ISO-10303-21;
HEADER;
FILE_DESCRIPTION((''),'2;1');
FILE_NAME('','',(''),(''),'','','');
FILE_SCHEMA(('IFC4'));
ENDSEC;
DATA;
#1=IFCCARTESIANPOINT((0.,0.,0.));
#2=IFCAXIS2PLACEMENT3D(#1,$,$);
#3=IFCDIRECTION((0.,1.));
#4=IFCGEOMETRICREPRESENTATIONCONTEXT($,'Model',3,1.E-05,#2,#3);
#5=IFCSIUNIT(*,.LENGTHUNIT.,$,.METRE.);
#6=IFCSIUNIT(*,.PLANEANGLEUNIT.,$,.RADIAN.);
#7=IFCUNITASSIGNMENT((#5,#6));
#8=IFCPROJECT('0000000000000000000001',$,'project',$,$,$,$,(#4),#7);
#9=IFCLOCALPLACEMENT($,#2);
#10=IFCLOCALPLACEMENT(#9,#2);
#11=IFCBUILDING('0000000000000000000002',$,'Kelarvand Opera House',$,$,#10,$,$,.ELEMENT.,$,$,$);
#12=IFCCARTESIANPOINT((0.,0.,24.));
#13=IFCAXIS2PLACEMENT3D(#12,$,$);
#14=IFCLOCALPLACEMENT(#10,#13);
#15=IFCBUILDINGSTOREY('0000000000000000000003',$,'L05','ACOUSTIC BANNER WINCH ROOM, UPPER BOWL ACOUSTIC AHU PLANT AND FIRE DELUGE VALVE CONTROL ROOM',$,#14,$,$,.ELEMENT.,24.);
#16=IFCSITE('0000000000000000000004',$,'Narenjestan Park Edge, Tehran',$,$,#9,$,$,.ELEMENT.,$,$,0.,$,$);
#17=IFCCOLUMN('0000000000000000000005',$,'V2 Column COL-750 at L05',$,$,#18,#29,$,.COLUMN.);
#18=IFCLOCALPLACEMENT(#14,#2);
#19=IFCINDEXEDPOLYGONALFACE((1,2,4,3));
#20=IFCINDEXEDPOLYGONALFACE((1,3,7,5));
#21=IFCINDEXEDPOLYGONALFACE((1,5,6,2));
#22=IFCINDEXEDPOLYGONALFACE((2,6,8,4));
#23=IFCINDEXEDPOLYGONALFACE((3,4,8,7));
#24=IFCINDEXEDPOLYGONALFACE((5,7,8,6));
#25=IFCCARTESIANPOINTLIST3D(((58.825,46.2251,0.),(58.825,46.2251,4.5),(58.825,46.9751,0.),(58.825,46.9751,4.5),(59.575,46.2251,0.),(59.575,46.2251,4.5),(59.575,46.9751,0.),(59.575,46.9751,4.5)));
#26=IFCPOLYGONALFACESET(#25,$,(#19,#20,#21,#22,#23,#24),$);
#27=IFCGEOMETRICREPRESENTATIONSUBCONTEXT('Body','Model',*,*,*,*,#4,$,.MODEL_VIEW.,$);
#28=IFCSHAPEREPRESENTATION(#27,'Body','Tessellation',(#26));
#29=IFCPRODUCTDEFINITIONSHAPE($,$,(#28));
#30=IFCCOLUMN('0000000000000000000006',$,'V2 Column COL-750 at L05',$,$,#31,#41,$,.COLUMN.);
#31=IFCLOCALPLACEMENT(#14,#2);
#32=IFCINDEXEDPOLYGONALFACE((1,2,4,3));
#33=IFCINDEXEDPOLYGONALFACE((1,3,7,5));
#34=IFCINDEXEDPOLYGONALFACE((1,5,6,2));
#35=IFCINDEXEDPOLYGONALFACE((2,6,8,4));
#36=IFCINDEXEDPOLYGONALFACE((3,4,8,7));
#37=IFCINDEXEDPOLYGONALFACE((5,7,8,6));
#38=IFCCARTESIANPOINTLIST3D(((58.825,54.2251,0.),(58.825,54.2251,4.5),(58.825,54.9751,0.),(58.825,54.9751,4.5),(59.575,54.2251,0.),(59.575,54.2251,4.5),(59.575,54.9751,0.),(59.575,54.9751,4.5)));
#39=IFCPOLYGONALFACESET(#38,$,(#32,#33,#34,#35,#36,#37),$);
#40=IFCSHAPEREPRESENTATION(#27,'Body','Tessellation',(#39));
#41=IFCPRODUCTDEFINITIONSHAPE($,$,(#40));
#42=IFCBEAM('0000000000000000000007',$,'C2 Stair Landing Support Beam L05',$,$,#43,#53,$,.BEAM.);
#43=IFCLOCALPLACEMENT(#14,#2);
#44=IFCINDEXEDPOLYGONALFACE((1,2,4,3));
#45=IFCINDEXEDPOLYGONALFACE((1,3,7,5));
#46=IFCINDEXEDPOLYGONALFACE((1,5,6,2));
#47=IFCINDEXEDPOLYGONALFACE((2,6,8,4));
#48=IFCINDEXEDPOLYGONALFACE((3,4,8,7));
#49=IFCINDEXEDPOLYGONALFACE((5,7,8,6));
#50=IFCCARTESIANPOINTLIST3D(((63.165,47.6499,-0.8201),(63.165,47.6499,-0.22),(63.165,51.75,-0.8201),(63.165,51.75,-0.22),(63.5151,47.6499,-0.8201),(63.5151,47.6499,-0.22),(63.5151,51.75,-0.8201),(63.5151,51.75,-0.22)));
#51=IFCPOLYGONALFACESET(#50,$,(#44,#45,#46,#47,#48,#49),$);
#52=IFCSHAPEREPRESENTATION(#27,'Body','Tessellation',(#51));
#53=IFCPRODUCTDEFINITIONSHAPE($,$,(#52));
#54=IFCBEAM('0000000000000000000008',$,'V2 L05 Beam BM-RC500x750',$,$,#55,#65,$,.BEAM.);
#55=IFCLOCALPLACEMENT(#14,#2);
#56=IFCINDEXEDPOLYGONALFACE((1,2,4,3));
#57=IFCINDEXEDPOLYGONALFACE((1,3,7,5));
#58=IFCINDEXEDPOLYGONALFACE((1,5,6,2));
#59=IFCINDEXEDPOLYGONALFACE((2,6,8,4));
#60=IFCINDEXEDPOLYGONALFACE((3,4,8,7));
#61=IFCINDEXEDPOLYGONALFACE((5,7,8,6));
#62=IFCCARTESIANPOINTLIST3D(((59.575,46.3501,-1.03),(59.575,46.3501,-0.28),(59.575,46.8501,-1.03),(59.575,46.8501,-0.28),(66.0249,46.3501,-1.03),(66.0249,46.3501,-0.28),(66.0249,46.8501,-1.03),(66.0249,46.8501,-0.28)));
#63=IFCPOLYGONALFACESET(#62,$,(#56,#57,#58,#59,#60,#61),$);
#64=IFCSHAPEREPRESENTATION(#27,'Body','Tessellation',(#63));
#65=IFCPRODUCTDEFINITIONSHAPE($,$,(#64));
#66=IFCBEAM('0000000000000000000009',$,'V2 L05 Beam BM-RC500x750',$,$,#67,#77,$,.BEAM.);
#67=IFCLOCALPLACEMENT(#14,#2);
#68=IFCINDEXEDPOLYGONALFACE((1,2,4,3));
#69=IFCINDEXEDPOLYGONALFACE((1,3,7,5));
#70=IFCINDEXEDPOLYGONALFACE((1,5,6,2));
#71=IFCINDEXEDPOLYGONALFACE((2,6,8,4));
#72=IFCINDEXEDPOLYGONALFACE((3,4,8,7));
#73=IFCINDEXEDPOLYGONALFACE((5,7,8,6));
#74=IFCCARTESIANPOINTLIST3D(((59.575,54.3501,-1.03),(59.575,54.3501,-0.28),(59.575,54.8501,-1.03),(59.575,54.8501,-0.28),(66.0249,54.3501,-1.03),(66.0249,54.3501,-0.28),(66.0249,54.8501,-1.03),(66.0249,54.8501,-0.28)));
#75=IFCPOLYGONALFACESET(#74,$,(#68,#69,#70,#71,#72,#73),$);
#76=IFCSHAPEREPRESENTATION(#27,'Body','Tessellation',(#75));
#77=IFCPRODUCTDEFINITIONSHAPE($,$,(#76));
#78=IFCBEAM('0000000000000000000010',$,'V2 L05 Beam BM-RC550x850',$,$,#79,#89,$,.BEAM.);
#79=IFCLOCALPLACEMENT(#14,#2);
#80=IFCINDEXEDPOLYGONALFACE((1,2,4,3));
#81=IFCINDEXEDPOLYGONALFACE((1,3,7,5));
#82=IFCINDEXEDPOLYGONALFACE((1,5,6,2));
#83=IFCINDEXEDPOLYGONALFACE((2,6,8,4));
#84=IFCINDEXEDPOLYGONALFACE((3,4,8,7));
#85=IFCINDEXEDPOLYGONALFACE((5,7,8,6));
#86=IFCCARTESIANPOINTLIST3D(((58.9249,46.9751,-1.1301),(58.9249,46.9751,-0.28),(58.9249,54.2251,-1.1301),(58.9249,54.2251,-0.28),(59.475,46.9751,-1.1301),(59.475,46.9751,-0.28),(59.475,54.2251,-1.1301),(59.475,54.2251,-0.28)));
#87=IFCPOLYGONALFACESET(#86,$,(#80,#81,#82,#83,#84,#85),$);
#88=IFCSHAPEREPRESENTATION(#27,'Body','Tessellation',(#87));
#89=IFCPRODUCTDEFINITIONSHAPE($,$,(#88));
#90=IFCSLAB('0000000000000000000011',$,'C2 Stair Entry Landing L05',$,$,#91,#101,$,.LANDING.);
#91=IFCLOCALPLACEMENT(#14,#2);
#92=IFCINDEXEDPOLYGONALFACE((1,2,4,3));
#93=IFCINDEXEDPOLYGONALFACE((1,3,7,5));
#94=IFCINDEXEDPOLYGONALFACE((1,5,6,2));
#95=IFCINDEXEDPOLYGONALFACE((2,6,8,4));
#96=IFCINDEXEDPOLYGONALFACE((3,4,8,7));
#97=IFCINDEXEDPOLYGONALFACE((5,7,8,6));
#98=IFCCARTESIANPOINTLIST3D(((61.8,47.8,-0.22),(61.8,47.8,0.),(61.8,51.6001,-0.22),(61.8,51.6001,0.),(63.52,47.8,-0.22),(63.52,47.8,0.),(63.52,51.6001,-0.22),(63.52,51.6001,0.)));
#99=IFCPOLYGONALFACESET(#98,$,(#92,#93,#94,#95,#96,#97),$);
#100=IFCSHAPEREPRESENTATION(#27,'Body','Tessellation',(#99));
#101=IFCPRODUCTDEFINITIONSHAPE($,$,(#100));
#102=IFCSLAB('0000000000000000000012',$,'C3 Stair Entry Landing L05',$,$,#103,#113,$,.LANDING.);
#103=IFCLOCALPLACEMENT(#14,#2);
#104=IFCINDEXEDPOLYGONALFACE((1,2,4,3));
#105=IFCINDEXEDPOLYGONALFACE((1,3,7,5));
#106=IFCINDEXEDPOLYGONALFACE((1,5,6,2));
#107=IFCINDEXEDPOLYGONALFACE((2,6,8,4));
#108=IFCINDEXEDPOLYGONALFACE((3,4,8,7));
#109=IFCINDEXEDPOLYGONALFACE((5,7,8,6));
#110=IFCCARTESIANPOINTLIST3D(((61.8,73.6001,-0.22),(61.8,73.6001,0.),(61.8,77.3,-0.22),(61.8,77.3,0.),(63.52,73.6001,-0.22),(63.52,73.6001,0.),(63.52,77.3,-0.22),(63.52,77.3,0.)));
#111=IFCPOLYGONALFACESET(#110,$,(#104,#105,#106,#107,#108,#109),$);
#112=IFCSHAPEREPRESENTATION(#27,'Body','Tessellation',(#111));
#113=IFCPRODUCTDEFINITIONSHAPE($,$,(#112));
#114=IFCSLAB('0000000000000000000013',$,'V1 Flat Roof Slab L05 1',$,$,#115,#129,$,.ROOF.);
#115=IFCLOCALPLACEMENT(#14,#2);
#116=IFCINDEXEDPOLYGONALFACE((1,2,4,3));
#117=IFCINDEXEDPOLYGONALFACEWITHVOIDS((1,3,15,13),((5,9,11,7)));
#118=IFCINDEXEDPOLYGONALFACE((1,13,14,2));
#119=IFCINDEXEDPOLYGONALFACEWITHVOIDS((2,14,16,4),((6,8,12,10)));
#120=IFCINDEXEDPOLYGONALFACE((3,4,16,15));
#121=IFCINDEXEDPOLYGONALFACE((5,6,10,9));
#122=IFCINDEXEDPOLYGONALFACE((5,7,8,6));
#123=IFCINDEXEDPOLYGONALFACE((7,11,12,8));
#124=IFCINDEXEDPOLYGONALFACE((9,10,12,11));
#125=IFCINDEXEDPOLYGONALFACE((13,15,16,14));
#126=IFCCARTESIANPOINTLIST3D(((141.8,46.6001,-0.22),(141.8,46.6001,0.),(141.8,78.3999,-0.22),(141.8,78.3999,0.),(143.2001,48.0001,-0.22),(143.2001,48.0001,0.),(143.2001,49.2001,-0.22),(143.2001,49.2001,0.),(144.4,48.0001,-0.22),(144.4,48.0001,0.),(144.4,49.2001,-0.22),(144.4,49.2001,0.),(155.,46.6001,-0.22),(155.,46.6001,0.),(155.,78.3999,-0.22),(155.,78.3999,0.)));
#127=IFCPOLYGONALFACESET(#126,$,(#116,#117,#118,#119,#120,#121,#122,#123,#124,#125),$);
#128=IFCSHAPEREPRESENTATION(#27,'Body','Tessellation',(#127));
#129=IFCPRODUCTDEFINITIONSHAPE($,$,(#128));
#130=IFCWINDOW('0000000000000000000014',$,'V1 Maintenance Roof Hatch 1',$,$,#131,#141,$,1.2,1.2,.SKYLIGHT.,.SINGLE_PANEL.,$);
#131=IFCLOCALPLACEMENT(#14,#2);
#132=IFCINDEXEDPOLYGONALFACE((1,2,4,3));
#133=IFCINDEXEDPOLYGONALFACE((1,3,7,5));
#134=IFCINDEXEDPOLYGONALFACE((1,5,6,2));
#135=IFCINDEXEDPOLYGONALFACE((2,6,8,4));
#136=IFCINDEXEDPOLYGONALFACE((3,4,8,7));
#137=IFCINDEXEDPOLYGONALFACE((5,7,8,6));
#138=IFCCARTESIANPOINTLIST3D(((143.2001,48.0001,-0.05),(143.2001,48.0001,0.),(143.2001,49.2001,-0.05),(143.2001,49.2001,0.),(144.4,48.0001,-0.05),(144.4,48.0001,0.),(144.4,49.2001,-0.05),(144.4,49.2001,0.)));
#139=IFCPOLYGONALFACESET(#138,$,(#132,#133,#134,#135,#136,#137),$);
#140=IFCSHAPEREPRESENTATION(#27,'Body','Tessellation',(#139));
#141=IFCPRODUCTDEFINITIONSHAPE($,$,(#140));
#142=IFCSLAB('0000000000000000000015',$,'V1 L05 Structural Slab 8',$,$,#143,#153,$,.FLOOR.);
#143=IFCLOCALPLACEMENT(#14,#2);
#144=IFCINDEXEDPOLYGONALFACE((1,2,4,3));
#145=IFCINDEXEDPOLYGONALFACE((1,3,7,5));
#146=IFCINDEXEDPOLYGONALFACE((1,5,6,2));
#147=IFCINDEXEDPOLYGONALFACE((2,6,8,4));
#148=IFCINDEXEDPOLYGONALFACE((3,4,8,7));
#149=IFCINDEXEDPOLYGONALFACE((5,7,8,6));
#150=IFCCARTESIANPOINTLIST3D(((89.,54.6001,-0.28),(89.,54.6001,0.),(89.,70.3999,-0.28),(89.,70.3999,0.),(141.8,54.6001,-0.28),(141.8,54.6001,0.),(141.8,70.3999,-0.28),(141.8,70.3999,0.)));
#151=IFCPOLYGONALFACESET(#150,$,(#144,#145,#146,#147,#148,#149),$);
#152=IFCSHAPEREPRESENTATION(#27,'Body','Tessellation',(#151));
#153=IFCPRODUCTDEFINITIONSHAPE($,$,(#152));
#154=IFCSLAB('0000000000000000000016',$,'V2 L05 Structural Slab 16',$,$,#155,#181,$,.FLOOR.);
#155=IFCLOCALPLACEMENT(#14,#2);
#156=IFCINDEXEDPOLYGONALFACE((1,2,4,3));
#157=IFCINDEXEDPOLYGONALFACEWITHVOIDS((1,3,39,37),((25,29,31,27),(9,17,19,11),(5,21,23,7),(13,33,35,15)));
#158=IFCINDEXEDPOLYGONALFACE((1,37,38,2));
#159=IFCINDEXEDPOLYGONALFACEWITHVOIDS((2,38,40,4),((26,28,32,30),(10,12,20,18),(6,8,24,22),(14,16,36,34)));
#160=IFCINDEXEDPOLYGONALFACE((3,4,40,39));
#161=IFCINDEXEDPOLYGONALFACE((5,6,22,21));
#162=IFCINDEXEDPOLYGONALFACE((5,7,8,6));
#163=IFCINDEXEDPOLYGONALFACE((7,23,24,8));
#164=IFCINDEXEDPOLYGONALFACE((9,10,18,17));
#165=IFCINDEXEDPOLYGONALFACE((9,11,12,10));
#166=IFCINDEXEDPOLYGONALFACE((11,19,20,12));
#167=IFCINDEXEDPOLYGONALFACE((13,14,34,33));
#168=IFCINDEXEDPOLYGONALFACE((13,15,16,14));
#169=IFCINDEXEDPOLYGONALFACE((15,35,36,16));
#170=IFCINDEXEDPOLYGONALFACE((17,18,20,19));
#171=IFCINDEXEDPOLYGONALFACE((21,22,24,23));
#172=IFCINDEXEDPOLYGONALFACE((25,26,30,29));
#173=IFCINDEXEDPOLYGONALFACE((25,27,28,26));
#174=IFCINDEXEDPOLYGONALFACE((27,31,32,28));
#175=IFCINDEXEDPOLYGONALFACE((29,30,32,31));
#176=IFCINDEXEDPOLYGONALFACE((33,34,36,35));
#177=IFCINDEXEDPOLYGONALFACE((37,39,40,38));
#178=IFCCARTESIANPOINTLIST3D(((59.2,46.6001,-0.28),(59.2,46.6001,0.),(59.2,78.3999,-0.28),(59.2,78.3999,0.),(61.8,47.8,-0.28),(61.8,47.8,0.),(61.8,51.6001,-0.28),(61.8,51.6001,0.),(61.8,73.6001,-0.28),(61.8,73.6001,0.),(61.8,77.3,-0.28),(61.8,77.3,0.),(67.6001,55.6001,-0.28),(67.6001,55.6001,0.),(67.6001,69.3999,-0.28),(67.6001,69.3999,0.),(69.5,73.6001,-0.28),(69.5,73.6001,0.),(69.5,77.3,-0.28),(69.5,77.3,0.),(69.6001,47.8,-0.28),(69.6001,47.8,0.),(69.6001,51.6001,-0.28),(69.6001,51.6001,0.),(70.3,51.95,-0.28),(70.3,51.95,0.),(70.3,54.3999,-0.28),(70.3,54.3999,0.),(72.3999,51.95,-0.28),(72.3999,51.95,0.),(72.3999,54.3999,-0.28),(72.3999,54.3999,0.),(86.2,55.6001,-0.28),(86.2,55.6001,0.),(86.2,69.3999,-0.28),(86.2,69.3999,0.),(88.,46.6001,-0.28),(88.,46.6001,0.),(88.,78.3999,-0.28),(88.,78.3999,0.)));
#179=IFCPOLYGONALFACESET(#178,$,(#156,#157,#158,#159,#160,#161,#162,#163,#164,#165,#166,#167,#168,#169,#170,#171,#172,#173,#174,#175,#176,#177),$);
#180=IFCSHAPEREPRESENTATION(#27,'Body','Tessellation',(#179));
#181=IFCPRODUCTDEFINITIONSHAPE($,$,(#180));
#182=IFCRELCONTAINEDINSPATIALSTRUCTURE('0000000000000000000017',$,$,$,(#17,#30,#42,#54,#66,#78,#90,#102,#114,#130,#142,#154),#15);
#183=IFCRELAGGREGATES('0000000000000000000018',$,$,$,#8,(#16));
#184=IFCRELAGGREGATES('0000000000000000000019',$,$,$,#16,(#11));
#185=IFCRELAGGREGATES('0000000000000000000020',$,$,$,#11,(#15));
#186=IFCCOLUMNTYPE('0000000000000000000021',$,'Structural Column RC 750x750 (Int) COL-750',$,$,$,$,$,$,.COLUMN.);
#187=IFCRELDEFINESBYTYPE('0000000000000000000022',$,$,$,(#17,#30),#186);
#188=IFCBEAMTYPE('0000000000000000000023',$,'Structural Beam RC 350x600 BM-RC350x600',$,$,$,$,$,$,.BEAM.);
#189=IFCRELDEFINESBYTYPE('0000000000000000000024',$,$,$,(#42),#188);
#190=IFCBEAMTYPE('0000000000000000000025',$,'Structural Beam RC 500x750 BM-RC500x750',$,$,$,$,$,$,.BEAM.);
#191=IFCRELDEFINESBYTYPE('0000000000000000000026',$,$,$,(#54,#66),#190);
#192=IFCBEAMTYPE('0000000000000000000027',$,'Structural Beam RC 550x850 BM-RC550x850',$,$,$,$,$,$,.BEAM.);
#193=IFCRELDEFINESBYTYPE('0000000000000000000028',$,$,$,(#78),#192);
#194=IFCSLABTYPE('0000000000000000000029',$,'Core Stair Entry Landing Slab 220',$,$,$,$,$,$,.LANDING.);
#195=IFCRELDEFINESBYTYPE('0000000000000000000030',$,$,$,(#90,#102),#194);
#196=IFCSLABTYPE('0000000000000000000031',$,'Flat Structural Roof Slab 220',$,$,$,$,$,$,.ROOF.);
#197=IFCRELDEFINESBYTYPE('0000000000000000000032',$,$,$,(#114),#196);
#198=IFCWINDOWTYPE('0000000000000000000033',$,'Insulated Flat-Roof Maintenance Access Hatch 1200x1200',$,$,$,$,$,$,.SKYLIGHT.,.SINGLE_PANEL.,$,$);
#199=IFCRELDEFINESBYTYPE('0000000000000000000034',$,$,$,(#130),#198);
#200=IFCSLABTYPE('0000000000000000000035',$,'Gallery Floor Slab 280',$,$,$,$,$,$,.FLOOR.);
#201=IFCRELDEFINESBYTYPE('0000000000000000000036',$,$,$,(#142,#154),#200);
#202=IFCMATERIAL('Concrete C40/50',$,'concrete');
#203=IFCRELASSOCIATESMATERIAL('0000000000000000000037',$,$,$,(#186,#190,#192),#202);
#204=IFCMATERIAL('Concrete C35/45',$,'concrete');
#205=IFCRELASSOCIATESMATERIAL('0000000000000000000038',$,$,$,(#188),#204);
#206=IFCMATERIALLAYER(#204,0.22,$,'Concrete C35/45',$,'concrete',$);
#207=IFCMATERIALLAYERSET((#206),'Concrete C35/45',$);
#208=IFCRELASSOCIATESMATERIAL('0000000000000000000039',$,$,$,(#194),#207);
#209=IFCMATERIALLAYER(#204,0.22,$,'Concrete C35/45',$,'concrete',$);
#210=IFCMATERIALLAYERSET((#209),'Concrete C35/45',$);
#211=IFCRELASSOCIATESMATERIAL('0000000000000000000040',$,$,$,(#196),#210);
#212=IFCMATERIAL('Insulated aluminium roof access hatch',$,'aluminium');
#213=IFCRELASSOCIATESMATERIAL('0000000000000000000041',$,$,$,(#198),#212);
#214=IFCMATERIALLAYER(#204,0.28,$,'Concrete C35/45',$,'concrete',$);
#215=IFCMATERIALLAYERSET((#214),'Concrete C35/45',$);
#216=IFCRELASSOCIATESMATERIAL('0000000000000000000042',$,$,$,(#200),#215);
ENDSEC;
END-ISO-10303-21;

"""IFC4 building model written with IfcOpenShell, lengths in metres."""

from ifc_helpers import new_model, si_unit, direction, frame, origin, origin_2d, place, context, subcontext, project, spatial, polyline, rectangle, outline, extrude, material, layer, layer_set, material_profile, profile_set, type_object, element, fill, save


model = new_model("IFC4")

# Units and contexts
model_context = context("Model", 3, precision=1e-05, world=origin(), true_north=direction((0.0, 1.0)))
body_context = subcontext(model_context, "Body", "Model", "MODEL_VIEW")
ifc_project = project(units=[si_unit("LENGTHUNIT", "METRE"), si_unit("PLANEANGLEUNIT", "RADIAN")], contexts=[model_context])

# Site, building, storey
site_placement = place(None, origin())
site = spatial("IfcSite", under=ifc_project, at=site_placement, Name="Narenjestan Park Edge, Tehran", CompositionType="ELEMENT", RefElevation=0.0)
building_placement = place(site_placement, origin())
building = spatial("IfcBuilding", under=site, at=building_placement, Name="Kelarvand Opera House", CompositionType="ELEMENT")
storey_placement = place(building_placement, frame((0.0, 0.0, 24.0)))
storey = spatial("IfcBuildingStorey", under=building, at=storey_placement, Name="L05", Description="ACOUSTIC BANNER WINCH ROOM, UPPER BOWL ACOUSTIC AHU PLANT AND FIRE DELUGE VALVE CONTROL ROOM", CompositionType="ELEMENT", Elevation=24.0)

# Columns
ifc_material_1 = material(Name="Concrete C40/50", Category="concrete")
ifc_material_profile_1 = material_profile(ifc_material_1, rectangle(XDim=0.75, YDim=0.75, at=origin_2d()), Name="RC 750x750", Category="concrete")
ifc_profile_set_1 = profile_set([ifc_material_profile_1], Name="Concrete C40/50")
column_type = type_object("IfcColumnType", Name="Structural Column RC 750x750 (Int) COL-750", PredefinedType="COLUMN", material=ifc_profile_set_1)
for number, where, z_axis, x_axis, name in (
    (1, (59.2, 46.6001, 0.0), (0.0, 0.0, 1.0), (1.0, 0.0, 0.0), "V2 Column COL-750 at L05"),
    (2, (59.2, 54.6001, 0.0), (0.0, 0.0, 1.0), (1.0, 0.0, 0.0), "V2 Column COL-750 at L05"),
):
    element("IfcColumn", number, at=place(storey_placement, frame(where, z_axis=z_axis, x_axis=x_axis)), inside=storey, type_object=column_type, Name=name, PredefinedType="COLUMN", context=body_context, shape_type="SweptSolid", body=[
        extrude(rectangle(XDim=0.75, YDim=0.75, at=origin_2d()), origin(), (0.0, 0.0, 1.0), 4.5),
    ])

# Beams
ifc_material_2 = material(Name="Concrete C35/45", Category="concrete")
ifc_material_profile_2 = material_profile(ifc_material_2, rectangle(XDim=0.3501, YDim=0.6001, at=origin_2d()), Name="RC 350x600", Category="concrete")
ifc_profile_set_2 = profile_set([ifc_material_profile_2], Name="Concrete C35/45")
beam_type_1 = type_object("IfcBeamType", Name="Structural Beam RC 350x600 BM-RC350x600", PredefinedType="BEAM", material=ifc_profile_set_2)
beam_1_placement = place(storey_placement, frame((63.3401, 47.6499, -0.52), z_axis=(0.0, 1.0, 0.0), x_axis=(-1.0, 0.0, 0.0)))
element("IfcBeam", 3, at=beam_1_placement, inside=storey, type_object=beam_type_1, Name="C2 Stair Landing Support Beam L05", PredefinedType="BEAM", context=body_context, shape_type="SweptSolid", body=[
    extrude(rectangle(XDim=0.3501, YDim=0.6001, at=origin_2d()), origin(), (0.0, 0.0, 1.0), 4.1001),
])
ifc_material_profile_3 = material_profile(ifc_material_1, rectangle(XDim=0.5, YDim=0.75, at=origin_2d()), Name="RC 500x750", Category="concrete")
ifc_profile_set_3 = profile_set([ifc_material_profile_3], Name="Concrete C40/50")
beam_type_2 = type_object("IfcBeamType", Name="Structural Beam RC 500x750 BM-RC500x750", PredefinedType="BEAM", material=ifc_profile_set_3)
for number, where, z_axis, x_axis, name in (
    (4, (59.575, 46.6001, -0.655), (1.0, 0.0, 0.0), (0.0, 1.0, 0.0), "V2 L05 Beam BM-RC500x750"),
    (5, (59.575, 54.6001, -0.655), (1.0, 0.0, 0.0), (0.0, 1.0, 0.0), "V2 L05 Beam BM-RC500x750"),
):
    element("IfcBeam", number, at=place(storey_placement, frame(where, z_axis=z_axis, x_axis=x_axis)), inside=storey, type_object=beam_type_2, Name=name, PredefinedType="BEAM", context=body_context, shape_type="SweptSolid", body=[
        extrude(rectangle(XDim=0.5, YDim=0.75, at=origin_2d()), origin(), (0.0, 0.0, 1.0), 6.45),
    ])
ifc_material_profile_4 = material_profile(ifc_material_1, rectangle(XDim=0.55, YDim=0.8501, at=origin_2d()), Name="RC 550x850", Category="concrete")
ifc_profile_set_4 = profile_set([ifc_material_profile_4], Name="Concrete C40/50")
beam_type_3 = type_object("IfcBeamType", Name="Structural Beam RC 550x850 BM-RC550x850", PredefinedType="BEAM", material=ifc_profile_set_4)
beam_2_placement = place(storey_placement, frame((59.2, 46.9751, -0.7051), z_axis=(0.0, 1.0, 0.0), x_axis=(-1.0, 0.0, 0.0)))
element("IfcBeam", 6, at=beam_2_placement, inside=storey, type_object=beam_type_3, Name="V2 L05 Beam BM-RC550x850", PredefinedType="BEAM", context=body_context, shape_type="SweptSolid", body=[
    extrude(rectangle(XDim=0.55, YDim=0.8501, at=origin_2d()), origin(), (0.0, 0.0, 1.0), 7.25),
])

# Slabs
ifc_layer_1 = layer(ifc_material_2, 0.22, Name="Concrete C35/45", Category="concrete")
ifc_layer_set_1 = layer_set([ifc_layer_1], Name="Concrete C35/45")
slab_type_1 = type_object("IfcSlabType", Name="Core Stair Entry Landing Slab 220", PredefinedType="LANDING", material=ifc_layer_set_1)
slab_1_placement = place(storey_placement, frame((0.0, 0.0, -0.22)))
element("IfcSlab", 7, at=slab_1_placement, inside=storey, type_object=slab_type_1, Name="C2 Stair Entry Landing L05", PredefinedType="LANDING", context=body_context, shape_type="SweptSolid", body=[
    extrude(outline(polyline([(61.8, 47.8), (63.52, 47.8), (63.52, 51.6001), (61.8, 51.6001), (61.8, 47.8)])), origin(), (0.0, 0.0, 1.0), 0.22),
])
slab_2_placement = place(storey_placement, frame((0.0, 0.0, -0.22)))
element("IfcSlab", 8, at=slab_2_placement, inside=storey, type_object=slab_type_1, Name="C3 Stair Entry Landing L05", PredefinedType="LANDING", context=body_context, shape_type="SweptSolid", body=[
    extrude(outline(polyline([(61.8, 73.6001), (63.52, 73.6001), (63.52, 77.3), (61.8, 77.3), (61.8, 73.6001)])), origin(), (0.0, 0.0, 1.0), 0.22),
])

# Slab, opening, window
ifc_layer_2 = layer(ifc_material_2, 0.22, Name="Concrete C35/45", Category="concrete")
ifc_layer_set_2 = layer_set([ifc_layer_2], Name="Concrete C35/45")
slab_type_2 = type_object("IfcSlabType", Name="Flat Structural Roof Slab 220", PredefinedType="ROOF", material=ifc_layer_set_2)
slab_3_placement = place(storey_placement, frame((0.0, 0.0, -0.22)))
slab_3 = element("IfcSlab", 9, at=slab_3_placement, inside=storey, type_object=slab_type_2, Name="V1 Flat Roof Slab L05 1", PredefinedType="ROOF", context=body_context, shape_type="SweptSolid", body=[
    extrude(outline(polyline([(141.8, 46.6001), (155.0, 46.6001), (155.0, 78.3999), (141.8, 78.3999), (141.8, 46.6001)])), origin(), (0.0, 0.0, 1.0), 0.22),
])
opening_1_placement = place(slab_3_placement, frame((143.8, 48.6001, 0.0)))
opening_1 = element("IfcOpeningElement", 10, at=opening_1_placement, cuts=slab_3, PredefinedType="OPENING", context=body_context, shape_type="SweptSolid", body=[
    extrude(rectangle(XDim=1.2, YDim=1.2, at=origin_2d()), frame((0.0, 0.0, -0.01)), (0.0, 0.0, 1.0), 0.24),
])
ifc_material_3 = material(Name="Insulated aluminium roof access hatch", Category="aluminium")
window_type_1 = type_object("IfcWindowType", Name="Insulated Flat-Roof Maintenance Access Hatch 1200x1200", PartitioningType="SINGLE_PANEL", PredefinedType="SKYLIGHT", material=ifc_material_3)
window_1_placement = place(opening_1_placement, frame((0.0, 0.0, 0.1699)))
window_1 = element("IfcWindow", 11, at=window_1_placement, inside=storey, type_object=window_type_1, Name="V1 Maintenance Roof Hatch 1", OverallHeight=1.2, OverallWidth=1.2, PartitioningType="SINGLE_PANEL", PredefinedType="SKYLIGHT", context=body_context, shape_type="SweptSolid", body=[
    extrude(rectangle(XDim=1.2, YDim=1.2, at=origin_2d()), origin(), (0.0, 0.0, 1.0), 0.05),
])
fill(opening_1, window_1)

# Slabs
ifc_layer_3 = layer(ifc_material_2, 0.28, Name="Concrete C35/45", Category="concrete")
ifc_layer_set_3 = layer_set([ifc_layer_3], Name="Concrete C35/45")
slab_type_3 = type_object("IfcSlabType", Name="Gallery Floor Slab 280", PredefinedType="FLOOR", material=ifc_layer_set_3)
slab_4_placement = place(storey_placement, frame((0.0, 0.0, -0.28)))
element("IfcSlab", 12, at=slab_4_placement, inside=storey, type_object=slab_type_3, Name="V1 L05 Structural Slab 8", PredefinedType="FLOOR", context=body_context, shape_type="SweptSolid", body=[
    extrude(outline(polyline([(141.8, 54.6001), (141.8, 70.3999), (89.0, 70.3999), (89.0, 54.6001), (141.8, 54.6001)])), origin(), (0.0, 0.0, 1.0), 0.28),
])
slab_5_placement = place(storey_placement, frame((0.0, 0.0, -0.28)))
element("IfcSlab", 13, at=slab_5_placement, inside=storey, type_object=slab_type_3, Name="V2 L05 Structural Slab 16", PredefinedType="FLOOR", context=body_context, shape_type="SweptSolid", body=[
    extrude(outline(polyline([(88.0, 46.6001), (88.0, 78.3999), (59.2, 78.3999), (59.2, 46.6001), (88.0, 46.6001)]), holes=[polyline([(61.8, 51.6001), (69.6001, 51.6001), (69.6001, 47.8), (61.8, 47.8), (61.8, 51.6001)]), polyline([(70.3, 54.3999), (72.3999, 54.3999), (72.3999, 51.95), (70.3, 51.95), (70.3, 54.3999)]), polyline([(67.6001, 69.3999), (86.2, 69.3999), (86.2, 55.6001), (67.6001, 55.6001), (67.6001, 69.3999)]), polyline([(61.8, 77.3), (69.5, 77.3), (69.5, 73.6001), (61.8, 73.6001), (61.8, 77.3)])]), origin(), (0.0, 0.0, 1.0), 0.28),
])

save(model, "model.ifc")
